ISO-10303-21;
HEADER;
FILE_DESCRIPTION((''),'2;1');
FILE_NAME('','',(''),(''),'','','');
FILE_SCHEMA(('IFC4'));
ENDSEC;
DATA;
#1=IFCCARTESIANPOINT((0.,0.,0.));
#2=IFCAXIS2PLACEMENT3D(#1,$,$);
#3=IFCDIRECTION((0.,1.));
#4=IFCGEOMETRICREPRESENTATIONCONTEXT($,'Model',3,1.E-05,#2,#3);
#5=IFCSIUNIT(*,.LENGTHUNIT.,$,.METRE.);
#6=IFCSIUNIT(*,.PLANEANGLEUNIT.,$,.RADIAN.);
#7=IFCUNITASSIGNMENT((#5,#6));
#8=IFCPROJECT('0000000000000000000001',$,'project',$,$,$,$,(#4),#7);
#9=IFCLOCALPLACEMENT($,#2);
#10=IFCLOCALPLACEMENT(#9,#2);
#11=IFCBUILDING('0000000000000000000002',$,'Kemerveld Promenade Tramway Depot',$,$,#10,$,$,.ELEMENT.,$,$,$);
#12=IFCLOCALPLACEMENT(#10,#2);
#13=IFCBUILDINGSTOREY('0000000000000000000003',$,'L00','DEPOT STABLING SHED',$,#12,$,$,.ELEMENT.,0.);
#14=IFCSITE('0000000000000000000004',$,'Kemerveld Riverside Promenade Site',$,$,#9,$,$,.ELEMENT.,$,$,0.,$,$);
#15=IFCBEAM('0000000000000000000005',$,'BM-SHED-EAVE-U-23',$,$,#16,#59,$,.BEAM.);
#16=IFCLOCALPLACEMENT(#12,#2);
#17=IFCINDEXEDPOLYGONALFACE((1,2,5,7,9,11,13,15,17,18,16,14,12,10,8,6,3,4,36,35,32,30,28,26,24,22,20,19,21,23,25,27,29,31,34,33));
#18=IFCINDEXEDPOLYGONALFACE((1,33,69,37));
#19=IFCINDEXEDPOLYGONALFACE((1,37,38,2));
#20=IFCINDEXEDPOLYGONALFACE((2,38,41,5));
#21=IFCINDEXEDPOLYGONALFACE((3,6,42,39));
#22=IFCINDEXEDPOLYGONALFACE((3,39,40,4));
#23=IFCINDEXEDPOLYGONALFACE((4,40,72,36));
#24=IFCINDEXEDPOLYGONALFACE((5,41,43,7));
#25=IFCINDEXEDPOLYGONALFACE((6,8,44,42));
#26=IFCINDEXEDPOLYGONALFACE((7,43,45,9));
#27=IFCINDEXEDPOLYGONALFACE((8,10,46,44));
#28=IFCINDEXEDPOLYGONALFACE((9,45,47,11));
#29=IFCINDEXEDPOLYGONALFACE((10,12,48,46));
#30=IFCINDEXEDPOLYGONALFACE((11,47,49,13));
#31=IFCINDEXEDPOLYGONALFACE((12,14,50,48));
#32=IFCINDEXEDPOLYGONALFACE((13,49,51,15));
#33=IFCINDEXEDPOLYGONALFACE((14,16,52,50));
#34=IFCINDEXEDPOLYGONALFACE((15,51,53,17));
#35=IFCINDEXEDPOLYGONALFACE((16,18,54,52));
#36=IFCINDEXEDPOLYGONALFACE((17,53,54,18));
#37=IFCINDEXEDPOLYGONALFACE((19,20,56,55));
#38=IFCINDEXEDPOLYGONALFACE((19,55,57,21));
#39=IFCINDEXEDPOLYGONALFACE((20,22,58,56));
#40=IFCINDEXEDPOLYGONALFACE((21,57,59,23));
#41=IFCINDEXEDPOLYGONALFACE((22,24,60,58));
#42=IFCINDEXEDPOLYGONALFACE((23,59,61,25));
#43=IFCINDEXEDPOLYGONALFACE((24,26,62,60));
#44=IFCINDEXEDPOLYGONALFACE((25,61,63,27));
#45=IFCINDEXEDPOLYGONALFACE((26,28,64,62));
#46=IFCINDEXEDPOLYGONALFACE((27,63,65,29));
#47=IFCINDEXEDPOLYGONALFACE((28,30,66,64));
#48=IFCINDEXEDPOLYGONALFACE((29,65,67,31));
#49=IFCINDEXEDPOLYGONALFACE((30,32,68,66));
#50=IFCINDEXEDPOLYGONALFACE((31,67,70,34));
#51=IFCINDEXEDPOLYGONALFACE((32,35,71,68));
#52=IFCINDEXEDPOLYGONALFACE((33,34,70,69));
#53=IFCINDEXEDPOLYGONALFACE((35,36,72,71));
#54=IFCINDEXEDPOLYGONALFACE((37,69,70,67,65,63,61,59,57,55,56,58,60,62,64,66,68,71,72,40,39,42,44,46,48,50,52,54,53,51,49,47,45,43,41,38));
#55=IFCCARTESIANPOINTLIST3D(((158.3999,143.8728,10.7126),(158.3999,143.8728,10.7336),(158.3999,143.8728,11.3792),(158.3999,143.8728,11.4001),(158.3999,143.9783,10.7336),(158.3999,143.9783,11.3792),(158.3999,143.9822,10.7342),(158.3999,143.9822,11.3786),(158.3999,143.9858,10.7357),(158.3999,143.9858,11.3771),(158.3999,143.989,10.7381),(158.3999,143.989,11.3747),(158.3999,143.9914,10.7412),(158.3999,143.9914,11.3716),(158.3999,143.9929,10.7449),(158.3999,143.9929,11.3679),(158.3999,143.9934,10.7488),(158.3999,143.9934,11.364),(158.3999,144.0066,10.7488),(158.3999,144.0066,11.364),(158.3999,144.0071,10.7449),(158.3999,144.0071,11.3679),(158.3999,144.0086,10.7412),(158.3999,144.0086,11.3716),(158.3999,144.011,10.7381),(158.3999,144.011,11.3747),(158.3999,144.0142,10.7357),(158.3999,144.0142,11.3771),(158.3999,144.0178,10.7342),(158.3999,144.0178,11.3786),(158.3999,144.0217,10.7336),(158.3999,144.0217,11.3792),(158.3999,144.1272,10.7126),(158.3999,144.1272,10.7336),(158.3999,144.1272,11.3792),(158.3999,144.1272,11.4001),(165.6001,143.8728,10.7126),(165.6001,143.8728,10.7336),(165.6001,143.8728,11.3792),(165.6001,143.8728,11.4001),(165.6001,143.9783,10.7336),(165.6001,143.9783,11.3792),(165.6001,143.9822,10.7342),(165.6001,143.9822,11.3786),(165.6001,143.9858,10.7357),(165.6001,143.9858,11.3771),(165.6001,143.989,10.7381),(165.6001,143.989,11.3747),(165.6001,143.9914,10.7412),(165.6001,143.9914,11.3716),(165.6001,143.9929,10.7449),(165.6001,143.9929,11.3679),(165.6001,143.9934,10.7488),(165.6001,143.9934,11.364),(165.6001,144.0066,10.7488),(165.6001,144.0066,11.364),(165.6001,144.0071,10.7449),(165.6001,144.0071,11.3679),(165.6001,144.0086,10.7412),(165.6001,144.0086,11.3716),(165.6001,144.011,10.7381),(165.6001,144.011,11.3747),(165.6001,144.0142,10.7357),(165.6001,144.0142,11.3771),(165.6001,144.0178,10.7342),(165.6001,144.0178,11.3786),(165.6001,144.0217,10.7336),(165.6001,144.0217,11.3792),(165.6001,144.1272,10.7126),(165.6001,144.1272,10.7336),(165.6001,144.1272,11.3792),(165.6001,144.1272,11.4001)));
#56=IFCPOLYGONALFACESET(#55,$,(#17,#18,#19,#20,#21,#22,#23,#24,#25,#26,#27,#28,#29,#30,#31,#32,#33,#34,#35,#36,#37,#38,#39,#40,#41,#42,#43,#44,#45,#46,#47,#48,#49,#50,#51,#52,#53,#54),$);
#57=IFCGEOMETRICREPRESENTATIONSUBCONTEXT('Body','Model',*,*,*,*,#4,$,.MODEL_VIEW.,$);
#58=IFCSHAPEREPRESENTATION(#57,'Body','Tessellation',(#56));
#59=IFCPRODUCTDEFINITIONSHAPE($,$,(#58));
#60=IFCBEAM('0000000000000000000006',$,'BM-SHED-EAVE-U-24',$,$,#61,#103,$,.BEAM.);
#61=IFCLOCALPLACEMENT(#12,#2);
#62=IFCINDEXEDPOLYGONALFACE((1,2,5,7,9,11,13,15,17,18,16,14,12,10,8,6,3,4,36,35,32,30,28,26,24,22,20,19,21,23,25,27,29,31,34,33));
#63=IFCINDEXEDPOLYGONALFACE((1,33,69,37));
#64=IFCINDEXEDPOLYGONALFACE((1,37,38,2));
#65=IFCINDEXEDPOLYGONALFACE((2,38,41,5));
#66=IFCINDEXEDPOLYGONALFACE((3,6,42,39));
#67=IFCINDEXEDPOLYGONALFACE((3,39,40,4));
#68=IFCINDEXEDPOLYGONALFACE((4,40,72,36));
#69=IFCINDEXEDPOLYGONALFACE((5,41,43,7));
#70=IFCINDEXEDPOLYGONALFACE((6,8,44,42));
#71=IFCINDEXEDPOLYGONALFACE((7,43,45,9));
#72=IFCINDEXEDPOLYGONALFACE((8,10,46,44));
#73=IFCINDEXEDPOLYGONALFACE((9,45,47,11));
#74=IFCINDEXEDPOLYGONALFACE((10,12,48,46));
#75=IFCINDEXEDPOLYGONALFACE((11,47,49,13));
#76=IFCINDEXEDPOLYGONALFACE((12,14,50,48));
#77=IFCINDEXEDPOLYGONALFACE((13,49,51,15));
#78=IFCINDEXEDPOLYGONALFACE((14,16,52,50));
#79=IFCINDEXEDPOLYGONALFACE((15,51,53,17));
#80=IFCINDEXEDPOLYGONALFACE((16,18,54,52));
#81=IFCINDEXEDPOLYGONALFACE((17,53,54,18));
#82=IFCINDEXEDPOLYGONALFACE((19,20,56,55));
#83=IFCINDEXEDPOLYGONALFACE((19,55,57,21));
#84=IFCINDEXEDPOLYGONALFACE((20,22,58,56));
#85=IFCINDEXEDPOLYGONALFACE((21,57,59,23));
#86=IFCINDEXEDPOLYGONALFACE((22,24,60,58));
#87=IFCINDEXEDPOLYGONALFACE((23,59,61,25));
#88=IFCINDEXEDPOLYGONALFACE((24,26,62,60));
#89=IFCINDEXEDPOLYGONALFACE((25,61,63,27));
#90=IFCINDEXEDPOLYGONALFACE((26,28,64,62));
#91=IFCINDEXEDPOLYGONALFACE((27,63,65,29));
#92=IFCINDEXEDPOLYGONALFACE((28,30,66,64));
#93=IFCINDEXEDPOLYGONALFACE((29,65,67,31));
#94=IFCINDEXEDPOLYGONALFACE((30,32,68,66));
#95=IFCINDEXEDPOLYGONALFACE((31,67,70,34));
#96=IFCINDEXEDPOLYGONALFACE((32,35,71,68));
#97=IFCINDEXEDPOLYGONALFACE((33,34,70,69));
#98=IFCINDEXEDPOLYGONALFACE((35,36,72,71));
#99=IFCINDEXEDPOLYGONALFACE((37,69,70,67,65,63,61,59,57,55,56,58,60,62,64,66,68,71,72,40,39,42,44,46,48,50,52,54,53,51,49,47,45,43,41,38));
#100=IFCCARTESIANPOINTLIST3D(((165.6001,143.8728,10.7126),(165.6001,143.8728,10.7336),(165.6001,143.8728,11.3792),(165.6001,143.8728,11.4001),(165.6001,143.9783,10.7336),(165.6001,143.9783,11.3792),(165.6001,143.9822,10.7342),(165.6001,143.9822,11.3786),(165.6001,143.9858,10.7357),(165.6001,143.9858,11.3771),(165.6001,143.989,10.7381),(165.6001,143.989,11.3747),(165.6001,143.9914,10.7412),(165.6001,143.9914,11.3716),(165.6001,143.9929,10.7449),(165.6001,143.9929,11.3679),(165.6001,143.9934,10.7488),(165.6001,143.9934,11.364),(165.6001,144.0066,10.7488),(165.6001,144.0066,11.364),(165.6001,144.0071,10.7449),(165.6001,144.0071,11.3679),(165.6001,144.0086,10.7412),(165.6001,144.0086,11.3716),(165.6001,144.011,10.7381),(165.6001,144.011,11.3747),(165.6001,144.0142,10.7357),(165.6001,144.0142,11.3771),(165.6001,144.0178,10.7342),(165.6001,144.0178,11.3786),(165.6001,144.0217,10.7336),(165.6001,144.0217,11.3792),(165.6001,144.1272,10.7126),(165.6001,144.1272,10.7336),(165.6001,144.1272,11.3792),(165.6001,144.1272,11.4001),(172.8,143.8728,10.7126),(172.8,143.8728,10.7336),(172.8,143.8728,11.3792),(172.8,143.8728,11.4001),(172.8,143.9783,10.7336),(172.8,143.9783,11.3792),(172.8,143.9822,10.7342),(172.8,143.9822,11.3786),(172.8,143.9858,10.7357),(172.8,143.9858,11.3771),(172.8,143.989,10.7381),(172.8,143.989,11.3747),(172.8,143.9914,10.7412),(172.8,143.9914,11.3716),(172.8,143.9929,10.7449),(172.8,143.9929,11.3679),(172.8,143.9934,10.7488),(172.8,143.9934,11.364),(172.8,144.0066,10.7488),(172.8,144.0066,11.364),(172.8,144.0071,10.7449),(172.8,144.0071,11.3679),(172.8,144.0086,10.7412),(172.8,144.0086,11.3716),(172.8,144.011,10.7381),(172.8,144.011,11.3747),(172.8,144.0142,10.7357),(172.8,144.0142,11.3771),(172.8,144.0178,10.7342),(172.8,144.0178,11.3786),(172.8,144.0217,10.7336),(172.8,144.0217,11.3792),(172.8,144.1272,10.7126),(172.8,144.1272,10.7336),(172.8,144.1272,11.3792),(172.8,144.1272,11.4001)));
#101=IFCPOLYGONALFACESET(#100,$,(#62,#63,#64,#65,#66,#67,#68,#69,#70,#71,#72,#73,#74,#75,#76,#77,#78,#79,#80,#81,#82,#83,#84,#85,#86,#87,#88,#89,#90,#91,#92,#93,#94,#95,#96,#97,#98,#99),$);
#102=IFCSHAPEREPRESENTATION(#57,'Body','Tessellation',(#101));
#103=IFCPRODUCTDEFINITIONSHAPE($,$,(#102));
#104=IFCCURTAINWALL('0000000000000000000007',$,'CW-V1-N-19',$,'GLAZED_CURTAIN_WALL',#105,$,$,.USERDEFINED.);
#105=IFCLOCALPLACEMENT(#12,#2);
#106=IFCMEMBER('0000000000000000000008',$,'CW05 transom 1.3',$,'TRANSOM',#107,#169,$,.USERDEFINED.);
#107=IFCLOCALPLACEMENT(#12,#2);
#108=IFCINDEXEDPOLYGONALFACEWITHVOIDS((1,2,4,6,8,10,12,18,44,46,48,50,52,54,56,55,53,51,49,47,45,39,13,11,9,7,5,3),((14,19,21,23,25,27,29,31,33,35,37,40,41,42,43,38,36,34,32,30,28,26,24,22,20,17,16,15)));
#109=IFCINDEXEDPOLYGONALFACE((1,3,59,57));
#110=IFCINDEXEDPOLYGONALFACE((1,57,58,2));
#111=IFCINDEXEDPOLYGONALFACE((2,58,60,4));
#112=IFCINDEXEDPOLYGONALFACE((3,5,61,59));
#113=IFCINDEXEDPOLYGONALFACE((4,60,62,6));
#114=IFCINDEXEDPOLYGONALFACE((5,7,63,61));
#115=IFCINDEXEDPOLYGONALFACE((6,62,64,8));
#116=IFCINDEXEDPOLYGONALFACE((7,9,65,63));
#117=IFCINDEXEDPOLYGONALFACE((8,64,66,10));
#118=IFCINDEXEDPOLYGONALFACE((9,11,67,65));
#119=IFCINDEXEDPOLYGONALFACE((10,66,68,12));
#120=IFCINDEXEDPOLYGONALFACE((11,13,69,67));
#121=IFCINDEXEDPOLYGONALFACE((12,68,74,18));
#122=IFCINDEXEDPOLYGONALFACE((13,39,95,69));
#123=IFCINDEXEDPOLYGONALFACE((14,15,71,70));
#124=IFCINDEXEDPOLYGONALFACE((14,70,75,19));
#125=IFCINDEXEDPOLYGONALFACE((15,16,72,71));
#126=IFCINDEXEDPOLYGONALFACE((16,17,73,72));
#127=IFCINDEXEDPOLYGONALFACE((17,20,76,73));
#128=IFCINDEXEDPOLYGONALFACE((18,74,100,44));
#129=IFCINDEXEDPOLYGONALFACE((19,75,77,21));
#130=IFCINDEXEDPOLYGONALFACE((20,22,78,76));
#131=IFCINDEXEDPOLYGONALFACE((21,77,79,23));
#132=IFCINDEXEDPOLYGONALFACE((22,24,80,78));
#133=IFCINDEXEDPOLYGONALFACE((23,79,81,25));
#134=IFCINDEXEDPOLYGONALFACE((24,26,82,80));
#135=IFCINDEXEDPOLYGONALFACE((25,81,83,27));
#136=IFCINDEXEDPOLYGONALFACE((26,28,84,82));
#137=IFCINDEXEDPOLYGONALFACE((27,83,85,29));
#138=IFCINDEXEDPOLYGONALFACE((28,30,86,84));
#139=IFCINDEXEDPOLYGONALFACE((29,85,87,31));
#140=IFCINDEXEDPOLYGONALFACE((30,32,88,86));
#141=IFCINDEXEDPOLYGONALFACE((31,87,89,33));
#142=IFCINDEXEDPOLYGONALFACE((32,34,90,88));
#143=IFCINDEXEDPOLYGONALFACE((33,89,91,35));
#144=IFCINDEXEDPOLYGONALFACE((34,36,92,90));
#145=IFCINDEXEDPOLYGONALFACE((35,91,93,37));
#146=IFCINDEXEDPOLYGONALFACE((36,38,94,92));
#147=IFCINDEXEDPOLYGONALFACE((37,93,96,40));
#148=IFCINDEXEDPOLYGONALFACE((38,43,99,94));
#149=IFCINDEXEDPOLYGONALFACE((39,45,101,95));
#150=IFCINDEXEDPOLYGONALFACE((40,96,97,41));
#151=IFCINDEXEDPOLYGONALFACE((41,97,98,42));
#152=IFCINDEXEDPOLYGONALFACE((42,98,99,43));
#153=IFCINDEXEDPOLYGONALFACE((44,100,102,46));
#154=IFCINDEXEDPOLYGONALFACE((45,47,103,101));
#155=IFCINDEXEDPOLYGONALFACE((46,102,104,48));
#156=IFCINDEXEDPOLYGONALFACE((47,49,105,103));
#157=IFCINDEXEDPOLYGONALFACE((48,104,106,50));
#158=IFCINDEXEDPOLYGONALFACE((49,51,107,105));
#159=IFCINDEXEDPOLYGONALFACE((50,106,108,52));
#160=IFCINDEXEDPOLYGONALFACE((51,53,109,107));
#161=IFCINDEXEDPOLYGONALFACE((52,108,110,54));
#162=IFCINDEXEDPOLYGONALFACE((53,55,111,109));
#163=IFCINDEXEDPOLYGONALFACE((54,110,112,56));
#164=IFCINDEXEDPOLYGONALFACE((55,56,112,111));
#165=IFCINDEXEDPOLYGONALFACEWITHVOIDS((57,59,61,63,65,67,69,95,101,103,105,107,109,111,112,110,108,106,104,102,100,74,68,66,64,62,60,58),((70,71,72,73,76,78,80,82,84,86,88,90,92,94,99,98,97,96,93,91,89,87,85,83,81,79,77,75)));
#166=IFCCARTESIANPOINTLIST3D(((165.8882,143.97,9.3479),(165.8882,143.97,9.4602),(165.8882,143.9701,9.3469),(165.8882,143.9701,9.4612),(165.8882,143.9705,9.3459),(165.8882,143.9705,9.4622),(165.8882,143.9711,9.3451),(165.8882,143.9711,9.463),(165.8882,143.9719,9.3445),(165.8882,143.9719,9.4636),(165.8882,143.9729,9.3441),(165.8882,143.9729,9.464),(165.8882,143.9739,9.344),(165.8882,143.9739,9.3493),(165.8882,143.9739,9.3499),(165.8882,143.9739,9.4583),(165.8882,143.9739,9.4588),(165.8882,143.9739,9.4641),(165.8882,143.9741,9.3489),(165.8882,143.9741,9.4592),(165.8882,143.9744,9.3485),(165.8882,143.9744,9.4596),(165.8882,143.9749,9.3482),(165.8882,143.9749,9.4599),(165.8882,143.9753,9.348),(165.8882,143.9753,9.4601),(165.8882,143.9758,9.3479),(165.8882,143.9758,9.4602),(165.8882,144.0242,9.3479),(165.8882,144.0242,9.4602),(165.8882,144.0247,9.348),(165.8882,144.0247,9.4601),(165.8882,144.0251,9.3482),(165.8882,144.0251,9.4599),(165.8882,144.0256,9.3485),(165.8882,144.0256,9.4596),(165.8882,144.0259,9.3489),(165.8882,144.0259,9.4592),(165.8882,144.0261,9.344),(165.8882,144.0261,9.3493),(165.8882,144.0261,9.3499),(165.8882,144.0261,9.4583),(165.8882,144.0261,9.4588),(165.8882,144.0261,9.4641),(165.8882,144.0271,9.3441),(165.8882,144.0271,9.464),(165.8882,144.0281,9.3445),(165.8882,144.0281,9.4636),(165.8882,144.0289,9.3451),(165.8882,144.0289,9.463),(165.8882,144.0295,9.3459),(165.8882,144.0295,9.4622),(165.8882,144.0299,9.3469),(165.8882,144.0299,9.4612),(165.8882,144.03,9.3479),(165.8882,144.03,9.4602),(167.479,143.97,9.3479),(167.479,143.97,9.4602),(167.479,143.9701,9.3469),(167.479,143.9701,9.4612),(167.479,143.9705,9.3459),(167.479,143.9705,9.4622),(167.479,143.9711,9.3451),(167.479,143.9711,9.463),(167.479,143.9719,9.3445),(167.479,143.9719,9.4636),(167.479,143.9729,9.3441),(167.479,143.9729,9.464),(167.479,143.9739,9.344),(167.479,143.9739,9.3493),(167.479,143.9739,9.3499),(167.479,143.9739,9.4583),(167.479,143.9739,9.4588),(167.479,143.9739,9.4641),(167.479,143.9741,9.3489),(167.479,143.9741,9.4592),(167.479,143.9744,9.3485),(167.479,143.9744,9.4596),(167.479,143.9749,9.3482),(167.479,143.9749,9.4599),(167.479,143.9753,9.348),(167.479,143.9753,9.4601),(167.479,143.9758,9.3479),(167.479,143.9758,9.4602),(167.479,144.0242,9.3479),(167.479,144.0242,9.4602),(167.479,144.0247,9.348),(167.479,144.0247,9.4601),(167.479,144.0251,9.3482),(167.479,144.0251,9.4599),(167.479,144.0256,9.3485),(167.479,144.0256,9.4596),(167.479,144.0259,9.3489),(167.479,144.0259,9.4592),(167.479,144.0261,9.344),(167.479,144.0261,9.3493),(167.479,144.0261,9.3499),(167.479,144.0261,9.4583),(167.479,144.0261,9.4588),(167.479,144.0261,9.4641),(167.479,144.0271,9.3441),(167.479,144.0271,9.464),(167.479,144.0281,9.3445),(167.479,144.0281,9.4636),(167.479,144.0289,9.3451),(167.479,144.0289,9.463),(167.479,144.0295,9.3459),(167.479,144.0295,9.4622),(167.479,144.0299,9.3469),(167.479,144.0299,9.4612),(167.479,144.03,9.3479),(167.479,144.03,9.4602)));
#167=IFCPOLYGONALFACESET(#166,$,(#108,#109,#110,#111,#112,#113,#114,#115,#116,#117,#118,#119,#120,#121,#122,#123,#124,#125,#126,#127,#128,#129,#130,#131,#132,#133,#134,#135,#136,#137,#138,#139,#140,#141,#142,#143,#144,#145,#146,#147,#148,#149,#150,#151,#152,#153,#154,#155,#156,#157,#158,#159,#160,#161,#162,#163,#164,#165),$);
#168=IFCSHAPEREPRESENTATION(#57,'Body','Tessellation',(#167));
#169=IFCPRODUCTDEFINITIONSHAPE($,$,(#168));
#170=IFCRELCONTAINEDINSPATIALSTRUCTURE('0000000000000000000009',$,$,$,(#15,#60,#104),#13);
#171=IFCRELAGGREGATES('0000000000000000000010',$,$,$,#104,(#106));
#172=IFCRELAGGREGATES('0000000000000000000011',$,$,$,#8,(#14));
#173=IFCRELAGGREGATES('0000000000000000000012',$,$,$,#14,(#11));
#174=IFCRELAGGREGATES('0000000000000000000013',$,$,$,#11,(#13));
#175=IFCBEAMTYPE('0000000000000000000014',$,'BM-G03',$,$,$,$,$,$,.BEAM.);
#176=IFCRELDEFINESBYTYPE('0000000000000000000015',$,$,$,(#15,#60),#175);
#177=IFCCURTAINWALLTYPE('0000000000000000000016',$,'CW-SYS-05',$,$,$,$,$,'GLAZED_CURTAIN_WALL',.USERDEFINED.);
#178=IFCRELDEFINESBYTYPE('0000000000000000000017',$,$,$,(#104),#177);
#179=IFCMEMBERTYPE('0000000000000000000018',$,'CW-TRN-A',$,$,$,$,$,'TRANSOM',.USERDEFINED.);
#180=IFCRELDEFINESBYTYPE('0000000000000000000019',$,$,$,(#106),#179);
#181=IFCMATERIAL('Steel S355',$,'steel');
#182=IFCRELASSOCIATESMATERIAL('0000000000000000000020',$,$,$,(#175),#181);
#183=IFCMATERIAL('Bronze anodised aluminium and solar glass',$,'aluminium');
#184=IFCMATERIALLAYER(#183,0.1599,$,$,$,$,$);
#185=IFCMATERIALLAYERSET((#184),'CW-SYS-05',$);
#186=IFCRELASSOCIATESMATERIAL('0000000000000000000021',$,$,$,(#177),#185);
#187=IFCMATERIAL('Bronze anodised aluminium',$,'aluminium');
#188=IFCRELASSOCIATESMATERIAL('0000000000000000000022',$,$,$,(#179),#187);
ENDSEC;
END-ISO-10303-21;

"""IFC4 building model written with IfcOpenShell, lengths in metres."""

from ifc_helpers import new_model, si_unit, direction, frame, origin, origin_2d, place, context, subcontext, project, spatial, hollow_rectangle, i_section, extrude, material, layer, layer_set, material_profile, profile_set, type_object, element, aggregate, save


model = new_model("IFC4")

# Units and contexts
model_context = context("Model", 3, precision=1e-05, world=origin(), true_north=direction((0.0, 1.0)))
body_context = subcontext(model_context, "Body", "Model", "MODEL_VIEW")
ifc_project = project(units=[si_unit("LENGTHUNIT", "METRE"), si_unit("PLANEANGLEUNIT", "RADIAN")], contexts=[model_context])

# Site, building, storey
site_placement = place(None, origin())
site = spatial("IfcSite", under=ifc_project, at=site_placement, Name="Kemerveld Riverside Promenade Site", CompositionType="ELEMENT", RefElevation=0.0)
building_placement = place(site_placement, origin())
building = spatial("IfcBuilding", under=site, at=building_placement, Name="Kemerveld Promenade Tramway Depot", CompositionType="ELEMENT")
storey_placement = place(building_placement, origin())
storey = spatial("IfcBuildingStorey", under=building, at=storey_placement, Name="L00", Description="DEPOT STABLING SHED", CompositionType="ELEMENT", Elevation=0.0)

# Beams
ifc_material_1 = material(Name="Steel S355", Category="steel")
ifc_material_profile_1 = material_profile(ifc_material_1, i_section(OverallWidth=0.2544, OverallDepth=0.6875, WebThickness=0.0132, FlangeThickness=0.021, FilletRadius=0.0151, at=origin_2d()), Name="686x254x152 UB")
ifc_profile_set_1 = profile_set([ifc_material_profile_1], Name="Steel S355")
beam_type = type_object("IfcBeamType", Name="BM-G03", PredefinedType="BEAM", material=ifc_profile_set_1)
beam_1_placement = place(storey_placement, frame((158.3999, 144.0, 11.0564), z_axis=(1.0, 0.0, 0.0), x_axis=(0.0, 1.0, 0.0)))
element("IfcBeam", 1, at=beam_1_placement, inside=storey, type_object=beam_type, Name="BM-SHED-EAVE-U-23", PredefinedType="BEAM", context=body_context, shape_type="SweptSolid", body=[
    extrude(i_section(OverallWidth=0.2544, OverallDepth=0.6875, WebThickness=0.0132, FlangeThickness=0.021, FilletRadius=0.0151, at=origin_2d()), origin(), (0.0, 0.0, 1.0), 7.2002),
])
beam_2_placement = place(storey_placement, frame((165.6001, 144.0, 11.0564), z_axis=(1.0, 0.0, 0.0), x_axis=(0.0, 1.0, 0.0)))
element("IfcBeam", 2, at=beam_2_placement, inside=storey, type_object=beam_type, Name="BM-SHED-EAVE-U-24", PredefinedType="BEAM", context=body_context, shape_type="SweptSolid", body=[
    extrude(i_section(OverallWidth=0.2544, OverallDepth=0.6875, WebThickness=0.0132, FlangeThickness=0.021, FilletRadius=0.0151, at=origin_2d()), origin(), (0.0, 0.0, 1.0), 7.2),
])

# Curtain wall, member
ifc_material_2 = material(Name="Bronze anodised aluminium and solar glass", Category="aluminium")
ifc_layer_1 = layer(ifc_material_2, 0.1599)
ifc_layer_set_1 = layer_set([ifc_layer_1], Name="CW-SYS-05")
curtain_wall_type_1 = type_object("IfcCurtainWallType", Name="CW-SYS-05", ElementType="GLAZED_CURTAIN_WALL", PredefinedType="USERDEFINED", material=ifc_layer_set_1)
curtain_wall_1_placement = place(storey_placement, origin())
curtain_wall_1 = element("IfcCurtainWall", 3, at=curtain_wall_1_placement, inside=storey, type_object=curtain_wall_type_1, Name="CW-V1-N-19", ObjectType="GLAZED_CURTAIN_WALL", PredefinedType="USERDEFINED")
ifc_material_3 = material(Name="Bronze anodised aluminium", Category="aluminium")
ifc_material_profile_2 = material_profile(ifc_material_3, hollow_rectangle(XDim=0.0601, YDim=0.1201, WallThickness=0.0039, InnerFilletRadius=0.002, OuterFilletRadius=0.0039, at=origin_2d()), Name="CW-TRN-120x60")
ifc_profile_set_2 = profile_set([ifc_material_profile_2], Name="Bronze anodised aluminium")
member_type_1 = type_object("IfcMemberType", Name="CW-TRN-A", ElementType="TRANSOM", PredefinedType="USERDEFINED", material=ifc_profile_set_2)
member_1_placement = place(storey_placement, frame((165.8882, 144.0, 9.4041), z_axis=(1.0, 0.0, 0.0), x_axis=(0.0, 1.0, 0.0)))
member_1 = element("IfcMember", 4, at=member_1_placement, type_object=member_type_1, Name="CW05 transom 1.3", ObjectType="TRANSOM", PredefinedType="USERDEFINED", context=body_context, shape_type="SweptSolid", body=[
    extrude(hollow_rectangle(XDim=0.0601, YDim=0.1201, WallThickness=0.0039, InnerFilletRadius=0.002, OuterFilletRadius=0.0039, at=origin_2d()), origin(), (0.0, 0.0, 1.0), 1.5908),
])
aggregate(curtain_wall_1, [member_1])

save(model, "model.ifc")
